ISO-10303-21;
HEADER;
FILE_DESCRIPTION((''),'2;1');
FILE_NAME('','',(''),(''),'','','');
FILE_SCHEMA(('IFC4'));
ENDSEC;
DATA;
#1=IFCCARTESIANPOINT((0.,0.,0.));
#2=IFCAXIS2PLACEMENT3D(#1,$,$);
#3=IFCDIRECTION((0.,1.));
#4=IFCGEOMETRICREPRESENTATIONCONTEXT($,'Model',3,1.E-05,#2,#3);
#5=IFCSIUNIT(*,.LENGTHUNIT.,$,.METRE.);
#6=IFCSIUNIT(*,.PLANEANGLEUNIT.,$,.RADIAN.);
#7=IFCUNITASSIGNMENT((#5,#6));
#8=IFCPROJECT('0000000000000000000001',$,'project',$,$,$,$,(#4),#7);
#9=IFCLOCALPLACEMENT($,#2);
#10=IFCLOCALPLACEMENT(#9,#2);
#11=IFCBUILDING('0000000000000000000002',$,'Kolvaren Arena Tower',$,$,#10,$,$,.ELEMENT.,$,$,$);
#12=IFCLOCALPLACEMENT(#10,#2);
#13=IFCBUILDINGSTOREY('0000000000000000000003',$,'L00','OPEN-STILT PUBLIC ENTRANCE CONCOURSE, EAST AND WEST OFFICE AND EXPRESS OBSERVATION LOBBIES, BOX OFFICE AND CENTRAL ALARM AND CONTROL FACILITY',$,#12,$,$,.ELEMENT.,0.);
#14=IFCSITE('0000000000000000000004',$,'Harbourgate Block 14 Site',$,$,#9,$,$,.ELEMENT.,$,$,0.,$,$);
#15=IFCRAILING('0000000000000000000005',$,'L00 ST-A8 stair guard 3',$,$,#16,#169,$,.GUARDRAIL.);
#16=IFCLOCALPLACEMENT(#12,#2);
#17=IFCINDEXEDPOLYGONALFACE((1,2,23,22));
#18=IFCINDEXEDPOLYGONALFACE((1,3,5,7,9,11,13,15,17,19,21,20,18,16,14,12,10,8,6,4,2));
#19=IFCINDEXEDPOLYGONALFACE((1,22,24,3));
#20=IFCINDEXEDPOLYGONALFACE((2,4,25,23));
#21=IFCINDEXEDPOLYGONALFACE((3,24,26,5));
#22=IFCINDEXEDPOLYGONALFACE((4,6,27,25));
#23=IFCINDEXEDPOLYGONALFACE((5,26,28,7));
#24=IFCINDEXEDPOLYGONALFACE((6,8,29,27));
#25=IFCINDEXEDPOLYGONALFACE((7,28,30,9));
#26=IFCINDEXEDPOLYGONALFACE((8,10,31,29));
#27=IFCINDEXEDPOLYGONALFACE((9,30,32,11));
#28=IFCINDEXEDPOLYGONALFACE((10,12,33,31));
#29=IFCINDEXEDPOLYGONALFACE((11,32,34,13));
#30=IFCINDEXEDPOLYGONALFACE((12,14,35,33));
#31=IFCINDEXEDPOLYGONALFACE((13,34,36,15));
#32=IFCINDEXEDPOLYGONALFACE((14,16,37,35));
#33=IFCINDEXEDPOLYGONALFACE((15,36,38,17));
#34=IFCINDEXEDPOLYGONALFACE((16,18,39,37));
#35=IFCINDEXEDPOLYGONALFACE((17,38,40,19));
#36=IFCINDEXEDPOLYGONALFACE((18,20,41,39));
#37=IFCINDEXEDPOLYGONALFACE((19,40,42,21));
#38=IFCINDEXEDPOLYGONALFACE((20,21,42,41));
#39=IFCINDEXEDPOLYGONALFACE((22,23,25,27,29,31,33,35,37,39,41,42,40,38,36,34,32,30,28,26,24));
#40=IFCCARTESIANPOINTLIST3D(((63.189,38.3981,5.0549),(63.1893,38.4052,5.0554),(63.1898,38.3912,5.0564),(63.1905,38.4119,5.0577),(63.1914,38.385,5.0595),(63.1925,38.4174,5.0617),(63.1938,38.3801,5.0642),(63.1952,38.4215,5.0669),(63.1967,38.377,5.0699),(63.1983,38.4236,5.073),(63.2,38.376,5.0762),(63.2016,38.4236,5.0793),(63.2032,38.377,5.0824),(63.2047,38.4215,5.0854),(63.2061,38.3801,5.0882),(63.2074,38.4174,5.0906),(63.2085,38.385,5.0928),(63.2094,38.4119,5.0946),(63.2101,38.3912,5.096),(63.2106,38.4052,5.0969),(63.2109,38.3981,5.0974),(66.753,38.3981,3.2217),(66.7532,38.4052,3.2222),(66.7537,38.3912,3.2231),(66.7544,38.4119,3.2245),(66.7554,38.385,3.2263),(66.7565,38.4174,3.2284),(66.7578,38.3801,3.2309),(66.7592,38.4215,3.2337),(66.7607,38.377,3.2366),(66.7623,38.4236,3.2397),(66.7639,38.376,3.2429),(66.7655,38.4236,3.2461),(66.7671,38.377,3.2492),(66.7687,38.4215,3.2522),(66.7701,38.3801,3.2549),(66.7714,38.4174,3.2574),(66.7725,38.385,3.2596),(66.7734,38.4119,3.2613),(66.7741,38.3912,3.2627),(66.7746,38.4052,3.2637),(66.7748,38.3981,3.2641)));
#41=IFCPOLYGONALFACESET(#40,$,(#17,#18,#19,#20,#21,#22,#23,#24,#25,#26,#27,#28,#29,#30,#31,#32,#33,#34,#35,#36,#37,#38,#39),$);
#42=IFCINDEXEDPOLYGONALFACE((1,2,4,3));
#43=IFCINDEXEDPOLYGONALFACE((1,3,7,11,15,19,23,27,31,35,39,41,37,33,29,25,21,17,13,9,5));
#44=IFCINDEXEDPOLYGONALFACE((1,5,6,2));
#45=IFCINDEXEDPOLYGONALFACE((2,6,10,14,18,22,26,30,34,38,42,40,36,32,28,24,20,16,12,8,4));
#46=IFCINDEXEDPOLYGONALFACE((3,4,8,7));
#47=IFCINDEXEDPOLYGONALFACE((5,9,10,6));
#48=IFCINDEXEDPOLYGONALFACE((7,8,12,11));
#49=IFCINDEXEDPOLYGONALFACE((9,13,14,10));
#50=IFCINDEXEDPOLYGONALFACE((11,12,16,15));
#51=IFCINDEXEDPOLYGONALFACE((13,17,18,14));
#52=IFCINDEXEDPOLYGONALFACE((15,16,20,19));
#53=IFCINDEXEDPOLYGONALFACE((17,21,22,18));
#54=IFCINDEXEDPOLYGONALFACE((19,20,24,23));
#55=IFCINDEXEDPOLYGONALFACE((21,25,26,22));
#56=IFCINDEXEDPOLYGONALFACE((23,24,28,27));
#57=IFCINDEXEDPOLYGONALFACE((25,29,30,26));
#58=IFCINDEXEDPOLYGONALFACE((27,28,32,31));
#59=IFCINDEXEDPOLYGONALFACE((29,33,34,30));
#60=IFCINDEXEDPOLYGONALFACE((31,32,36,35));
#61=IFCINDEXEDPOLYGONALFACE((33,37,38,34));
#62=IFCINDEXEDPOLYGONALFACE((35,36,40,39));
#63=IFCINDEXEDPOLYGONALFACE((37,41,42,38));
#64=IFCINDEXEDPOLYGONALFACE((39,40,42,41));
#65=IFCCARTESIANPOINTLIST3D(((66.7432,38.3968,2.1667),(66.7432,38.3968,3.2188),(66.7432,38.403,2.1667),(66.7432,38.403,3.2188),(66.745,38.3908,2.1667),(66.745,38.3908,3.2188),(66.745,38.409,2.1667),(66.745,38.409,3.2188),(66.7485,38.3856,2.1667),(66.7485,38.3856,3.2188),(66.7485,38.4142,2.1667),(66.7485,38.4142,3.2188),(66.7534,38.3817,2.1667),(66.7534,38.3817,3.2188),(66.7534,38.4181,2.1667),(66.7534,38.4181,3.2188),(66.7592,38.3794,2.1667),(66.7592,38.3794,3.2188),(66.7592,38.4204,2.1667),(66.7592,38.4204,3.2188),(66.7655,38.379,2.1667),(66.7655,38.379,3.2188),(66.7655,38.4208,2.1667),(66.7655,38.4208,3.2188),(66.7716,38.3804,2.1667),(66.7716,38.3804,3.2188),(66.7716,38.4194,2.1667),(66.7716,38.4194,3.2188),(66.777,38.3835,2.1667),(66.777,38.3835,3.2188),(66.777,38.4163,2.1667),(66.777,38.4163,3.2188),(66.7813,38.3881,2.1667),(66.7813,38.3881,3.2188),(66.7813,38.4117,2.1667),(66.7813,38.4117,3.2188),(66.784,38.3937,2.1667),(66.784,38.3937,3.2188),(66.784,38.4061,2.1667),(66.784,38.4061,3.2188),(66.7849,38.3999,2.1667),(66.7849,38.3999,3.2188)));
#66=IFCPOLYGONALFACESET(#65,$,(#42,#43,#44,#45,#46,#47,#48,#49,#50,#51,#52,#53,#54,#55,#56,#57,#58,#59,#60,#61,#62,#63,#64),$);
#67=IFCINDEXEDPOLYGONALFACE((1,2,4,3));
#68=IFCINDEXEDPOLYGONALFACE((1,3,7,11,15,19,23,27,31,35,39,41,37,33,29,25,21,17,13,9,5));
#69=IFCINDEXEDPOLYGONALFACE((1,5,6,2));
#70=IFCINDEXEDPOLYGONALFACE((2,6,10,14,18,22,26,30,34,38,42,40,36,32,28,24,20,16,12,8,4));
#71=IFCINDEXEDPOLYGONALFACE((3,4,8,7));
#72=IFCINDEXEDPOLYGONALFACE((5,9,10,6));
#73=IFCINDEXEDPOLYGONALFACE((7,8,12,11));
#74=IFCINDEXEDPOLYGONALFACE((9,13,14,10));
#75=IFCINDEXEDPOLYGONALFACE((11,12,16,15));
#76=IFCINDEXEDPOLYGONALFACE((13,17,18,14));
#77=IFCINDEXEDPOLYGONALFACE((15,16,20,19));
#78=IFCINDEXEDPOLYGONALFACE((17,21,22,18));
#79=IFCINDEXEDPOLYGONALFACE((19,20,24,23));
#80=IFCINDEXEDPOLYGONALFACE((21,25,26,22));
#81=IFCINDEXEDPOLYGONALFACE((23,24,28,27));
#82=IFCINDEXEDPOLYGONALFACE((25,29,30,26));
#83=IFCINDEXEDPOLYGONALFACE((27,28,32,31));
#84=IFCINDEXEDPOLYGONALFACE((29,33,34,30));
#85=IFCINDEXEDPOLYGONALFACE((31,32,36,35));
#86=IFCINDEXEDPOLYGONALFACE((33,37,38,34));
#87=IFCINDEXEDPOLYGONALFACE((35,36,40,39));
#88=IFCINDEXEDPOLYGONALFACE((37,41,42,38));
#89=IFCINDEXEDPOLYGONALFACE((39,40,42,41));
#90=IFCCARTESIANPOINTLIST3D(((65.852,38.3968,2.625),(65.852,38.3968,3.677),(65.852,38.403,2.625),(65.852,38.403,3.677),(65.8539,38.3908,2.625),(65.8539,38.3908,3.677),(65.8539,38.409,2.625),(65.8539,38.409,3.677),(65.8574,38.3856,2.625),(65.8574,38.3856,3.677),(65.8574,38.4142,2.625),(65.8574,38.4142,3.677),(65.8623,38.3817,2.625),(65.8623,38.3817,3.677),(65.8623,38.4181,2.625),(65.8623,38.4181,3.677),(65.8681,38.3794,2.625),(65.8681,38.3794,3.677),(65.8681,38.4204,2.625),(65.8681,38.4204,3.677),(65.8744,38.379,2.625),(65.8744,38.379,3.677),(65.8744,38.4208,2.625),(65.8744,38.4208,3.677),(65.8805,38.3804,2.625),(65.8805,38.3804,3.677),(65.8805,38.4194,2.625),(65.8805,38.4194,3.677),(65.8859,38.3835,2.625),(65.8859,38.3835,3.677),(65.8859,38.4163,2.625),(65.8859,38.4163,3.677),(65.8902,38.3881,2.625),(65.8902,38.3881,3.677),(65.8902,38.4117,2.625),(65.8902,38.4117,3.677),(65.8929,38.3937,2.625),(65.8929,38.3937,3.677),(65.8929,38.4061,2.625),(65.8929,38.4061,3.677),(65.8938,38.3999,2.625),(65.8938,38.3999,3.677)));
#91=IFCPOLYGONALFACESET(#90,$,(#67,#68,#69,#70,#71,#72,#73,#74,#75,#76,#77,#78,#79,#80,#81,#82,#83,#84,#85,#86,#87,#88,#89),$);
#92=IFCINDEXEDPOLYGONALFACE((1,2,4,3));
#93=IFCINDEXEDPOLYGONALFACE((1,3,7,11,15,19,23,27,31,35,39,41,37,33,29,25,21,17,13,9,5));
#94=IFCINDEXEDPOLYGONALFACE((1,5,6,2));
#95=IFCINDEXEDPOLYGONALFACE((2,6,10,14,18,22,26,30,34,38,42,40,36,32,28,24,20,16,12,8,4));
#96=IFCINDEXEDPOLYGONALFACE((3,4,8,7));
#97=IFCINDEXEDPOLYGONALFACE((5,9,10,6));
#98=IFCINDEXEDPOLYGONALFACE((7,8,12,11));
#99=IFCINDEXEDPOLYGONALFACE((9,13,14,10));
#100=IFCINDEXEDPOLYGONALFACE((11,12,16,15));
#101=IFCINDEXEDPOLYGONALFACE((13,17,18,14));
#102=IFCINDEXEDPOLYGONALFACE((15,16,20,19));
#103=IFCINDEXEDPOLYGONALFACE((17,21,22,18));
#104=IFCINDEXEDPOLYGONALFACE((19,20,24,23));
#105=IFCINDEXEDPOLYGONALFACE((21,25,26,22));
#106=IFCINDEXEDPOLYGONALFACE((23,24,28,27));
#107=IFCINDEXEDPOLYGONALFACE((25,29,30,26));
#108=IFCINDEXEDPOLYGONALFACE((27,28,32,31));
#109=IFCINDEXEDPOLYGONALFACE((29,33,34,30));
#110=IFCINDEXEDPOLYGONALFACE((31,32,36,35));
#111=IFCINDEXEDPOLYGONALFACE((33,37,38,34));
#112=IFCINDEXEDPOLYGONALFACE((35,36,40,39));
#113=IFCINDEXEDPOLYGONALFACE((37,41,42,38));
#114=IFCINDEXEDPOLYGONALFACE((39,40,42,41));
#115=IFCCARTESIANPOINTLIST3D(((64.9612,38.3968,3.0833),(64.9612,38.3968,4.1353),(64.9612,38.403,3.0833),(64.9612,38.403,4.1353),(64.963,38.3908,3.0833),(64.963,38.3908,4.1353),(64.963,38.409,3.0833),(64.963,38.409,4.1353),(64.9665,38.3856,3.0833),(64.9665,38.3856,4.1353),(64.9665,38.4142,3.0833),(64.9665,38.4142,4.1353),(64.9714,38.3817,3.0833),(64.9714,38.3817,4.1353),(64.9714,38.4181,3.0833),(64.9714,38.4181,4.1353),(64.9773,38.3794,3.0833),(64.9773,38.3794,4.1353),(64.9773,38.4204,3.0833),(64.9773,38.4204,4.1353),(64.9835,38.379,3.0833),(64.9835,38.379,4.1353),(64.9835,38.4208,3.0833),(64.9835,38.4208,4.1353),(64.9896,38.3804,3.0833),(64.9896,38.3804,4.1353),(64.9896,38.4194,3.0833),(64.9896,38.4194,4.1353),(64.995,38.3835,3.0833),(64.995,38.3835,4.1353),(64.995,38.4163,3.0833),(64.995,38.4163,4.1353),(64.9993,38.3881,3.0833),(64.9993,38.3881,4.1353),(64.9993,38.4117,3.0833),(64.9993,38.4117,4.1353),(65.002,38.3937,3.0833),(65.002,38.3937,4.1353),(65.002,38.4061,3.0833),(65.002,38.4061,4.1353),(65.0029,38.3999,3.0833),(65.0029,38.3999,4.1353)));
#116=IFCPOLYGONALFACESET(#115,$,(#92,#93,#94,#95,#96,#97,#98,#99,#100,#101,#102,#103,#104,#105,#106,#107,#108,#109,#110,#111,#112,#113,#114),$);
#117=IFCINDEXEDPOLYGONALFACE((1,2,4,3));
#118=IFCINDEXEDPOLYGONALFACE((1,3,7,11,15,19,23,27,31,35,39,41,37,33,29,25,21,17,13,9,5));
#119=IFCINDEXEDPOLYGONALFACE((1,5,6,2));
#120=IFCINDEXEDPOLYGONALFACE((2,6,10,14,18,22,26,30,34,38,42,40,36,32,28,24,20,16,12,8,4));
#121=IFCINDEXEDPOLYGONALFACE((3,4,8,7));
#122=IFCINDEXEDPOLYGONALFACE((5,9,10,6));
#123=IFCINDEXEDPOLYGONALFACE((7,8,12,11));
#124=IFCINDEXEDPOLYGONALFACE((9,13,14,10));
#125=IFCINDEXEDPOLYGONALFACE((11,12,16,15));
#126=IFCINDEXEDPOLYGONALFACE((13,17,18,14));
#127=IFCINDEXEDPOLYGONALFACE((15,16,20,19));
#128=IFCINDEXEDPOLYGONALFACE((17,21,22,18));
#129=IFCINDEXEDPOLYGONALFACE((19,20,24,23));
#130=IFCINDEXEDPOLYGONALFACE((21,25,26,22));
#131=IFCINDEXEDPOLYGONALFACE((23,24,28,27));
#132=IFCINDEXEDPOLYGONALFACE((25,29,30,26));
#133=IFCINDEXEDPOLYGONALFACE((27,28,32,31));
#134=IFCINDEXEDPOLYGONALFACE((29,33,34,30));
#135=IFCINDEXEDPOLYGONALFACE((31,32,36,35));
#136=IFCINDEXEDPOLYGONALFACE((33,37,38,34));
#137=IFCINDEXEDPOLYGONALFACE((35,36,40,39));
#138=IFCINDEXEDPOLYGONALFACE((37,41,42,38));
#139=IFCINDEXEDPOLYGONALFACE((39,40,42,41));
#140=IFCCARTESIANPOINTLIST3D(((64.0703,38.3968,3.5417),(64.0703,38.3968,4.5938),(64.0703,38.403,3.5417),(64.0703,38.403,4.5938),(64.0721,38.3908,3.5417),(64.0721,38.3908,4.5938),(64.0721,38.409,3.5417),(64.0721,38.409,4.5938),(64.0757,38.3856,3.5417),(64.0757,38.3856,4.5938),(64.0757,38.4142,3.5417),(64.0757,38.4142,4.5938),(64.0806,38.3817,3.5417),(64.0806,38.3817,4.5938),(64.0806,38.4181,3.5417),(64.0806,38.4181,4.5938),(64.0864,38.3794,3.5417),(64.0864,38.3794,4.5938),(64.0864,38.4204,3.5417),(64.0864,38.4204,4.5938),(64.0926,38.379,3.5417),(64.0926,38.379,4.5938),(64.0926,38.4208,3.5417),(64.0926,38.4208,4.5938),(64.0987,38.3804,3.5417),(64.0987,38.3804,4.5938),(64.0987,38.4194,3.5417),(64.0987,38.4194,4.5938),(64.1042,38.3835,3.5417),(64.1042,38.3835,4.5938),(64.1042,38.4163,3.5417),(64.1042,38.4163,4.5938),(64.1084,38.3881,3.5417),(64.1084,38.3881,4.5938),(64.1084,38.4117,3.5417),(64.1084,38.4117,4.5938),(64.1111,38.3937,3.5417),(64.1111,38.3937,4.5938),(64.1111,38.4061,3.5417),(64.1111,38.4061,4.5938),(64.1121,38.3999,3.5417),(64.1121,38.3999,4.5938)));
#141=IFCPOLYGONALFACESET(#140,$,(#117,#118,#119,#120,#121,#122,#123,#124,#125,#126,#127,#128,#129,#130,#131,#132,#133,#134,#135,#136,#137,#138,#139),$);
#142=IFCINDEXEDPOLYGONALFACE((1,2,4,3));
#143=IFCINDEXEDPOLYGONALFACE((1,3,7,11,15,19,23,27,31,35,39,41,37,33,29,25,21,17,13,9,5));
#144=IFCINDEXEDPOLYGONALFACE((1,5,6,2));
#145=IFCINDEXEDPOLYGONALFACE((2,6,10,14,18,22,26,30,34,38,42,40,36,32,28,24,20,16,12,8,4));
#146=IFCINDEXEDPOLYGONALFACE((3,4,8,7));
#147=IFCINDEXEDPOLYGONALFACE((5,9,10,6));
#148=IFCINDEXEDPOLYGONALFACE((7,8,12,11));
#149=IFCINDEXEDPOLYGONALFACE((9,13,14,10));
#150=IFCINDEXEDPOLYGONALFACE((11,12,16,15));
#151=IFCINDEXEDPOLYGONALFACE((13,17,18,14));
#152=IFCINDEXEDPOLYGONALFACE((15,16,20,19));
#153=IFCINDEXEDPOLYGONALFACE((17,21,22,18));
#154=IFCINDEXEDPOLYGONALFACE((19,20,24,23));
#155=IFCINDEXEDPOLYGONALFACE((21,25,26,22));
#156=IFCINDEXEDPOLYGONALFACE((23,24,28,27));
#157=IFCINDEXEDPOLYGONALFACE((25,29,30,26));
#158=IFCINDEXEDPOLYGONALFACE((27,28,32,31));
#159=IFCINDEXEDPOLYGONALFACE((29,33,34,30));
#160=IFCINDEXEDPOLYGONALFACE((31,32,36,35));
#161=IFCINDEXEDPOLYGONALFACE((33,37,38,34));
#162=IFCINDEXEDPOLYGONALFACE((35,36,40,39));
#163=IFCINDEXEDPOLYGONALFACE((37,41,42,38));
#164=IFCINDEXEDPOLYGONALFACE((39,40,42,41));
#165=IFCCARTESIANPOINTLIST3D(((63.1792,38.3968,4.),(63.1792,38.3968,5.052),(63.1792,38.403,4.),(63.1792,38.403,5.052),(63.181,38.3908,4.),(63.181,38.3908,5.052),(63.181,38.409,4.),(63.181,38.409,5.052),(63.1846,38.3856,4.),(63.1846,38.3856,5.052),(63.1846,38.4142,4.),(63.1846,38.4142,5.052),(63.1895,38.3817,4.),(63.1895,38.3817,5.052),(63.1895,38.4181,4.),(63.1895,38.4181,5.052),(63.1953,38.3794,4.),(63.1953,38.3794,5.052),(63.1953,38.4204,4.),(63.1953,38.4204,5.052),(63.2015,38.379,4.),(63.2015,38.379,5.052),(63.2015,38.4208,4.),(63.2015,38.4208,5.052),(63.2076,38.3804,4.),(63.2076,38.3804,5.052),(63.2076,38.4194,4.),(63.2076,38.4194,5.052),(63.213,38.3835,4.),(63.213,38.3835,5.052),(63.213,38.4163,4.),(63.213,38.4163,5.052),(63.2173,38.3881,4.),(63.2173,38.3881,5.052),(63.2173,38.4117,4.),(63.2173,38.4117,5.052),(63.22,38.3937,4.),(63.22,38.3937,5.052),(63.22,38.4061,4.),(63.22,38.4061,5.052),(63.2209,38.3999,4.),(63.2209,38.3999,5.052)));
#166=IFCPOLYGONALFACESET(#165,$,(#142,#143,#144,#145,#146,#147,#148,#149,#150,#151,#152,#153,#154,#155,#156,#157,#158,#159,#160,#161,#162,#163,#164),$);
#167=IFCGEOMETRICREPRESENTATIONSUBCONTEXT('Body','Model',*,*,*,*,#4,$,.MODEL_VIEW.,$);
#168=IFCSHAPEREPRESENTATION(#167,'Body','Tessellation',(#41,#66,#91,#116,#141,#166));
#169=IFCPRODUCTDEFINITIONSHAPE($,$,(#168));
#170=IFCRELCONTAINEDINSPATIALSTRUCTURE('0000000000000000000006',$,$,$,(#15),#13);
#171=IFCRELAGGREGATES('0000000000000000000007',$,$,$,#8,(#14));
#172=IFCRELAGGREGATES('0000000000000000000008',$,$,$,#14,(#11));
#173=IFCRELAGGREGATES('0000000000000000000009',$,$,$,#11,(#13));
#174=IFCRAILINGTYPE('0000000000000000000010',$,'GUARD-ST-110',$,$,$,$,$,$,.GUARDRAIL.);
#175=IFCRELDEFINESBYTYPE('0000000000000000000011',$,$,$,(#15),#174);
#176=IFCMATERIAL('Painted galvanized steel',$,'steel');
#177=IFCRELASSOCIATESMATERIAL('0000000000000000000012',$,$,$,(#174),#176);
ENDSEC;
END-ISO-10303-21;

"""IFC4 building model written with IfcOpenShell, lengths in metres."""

from ifc_helpers import new_model, si_unit, direction, frame, origin, origin_2d, place, context, subcontext, project, spatial, circle, extrude, material, type_object, element, save


model = new_model("IFC4")

# Units and contexts
model_context = context("Model", 3, precision=1e-05, world=origin(), true_north=direction((0.0, 1.0)))
body_context = subcontext(model_context, "Body", "Model", "MODEL_VIEW")
ifc_project = project(units=[si_unit("LENGTHUNIT", "METRE"), si_unit("PLANEANGLEUNIT", "RADIAN")], contexts=[model_context])

# Site, building, storey
site_placement = place(None, origin())
site = spatial("IfcSite", under=ifc_project, at=site_placement, Name="Harbourgate Block 14 Site", CompositionType="ELEMENT", RefElevation=0.0)
building_placement = place(site_placement, origin())
building = spatial("IfcBuilding", under=site, at=building_placement, Name="Kolvaren Arena Tower", CompositionType="ELEMENT")
storey_placement = place(building_placement, origin())
storey = spatial("IfcBuildingStorey", under=building, at=storey_placement, Name="L00", Description="OPEN-STILT PUBLIC ENTRANCE CONCOURSE, EAST AND WEST OFFICE AND EXPRESS OBSERVATION LOBBIES, BOX OFFICE AND CENTRAL ALARM AND CONTROL FACILITY", CompositionType="ELEMENT", Elevation=0.0)

# Railing
ifc_material_1 = material(Name="Painted galvanized steel", Category="steel")
railing_type_1 = type_object("IfcRailingType", Name="GUARD-ST-110", PredefinedType="GUARDRAIL", material=ifc_material_1)
railing_1_placement = place(storey_placement, frame((66.7639, 38.3999, 2.1667)))
element("IfcRailing", 1, at=railing_1_placement, inside=storey, type_object=railing_type_1, Name="L00 ST-A8 stair guard 3", PredefinedType="GUARDRAIL", context=body_context, shape_type="SweptSolid", body=[
    extrude(circle(Radius=0.0239, at=origin_2d()), frame((0.0, 0.0, 1.0762), z_axis=(-0.889252, 0.0, 0.457418), x_axis=(0.0, -1.0, 0.0)), (0.0, 0.0, 1.0), 4.0078),
    extrude(circle(Radius=0.021, at=origin_2d()), origin(), (0.0, 0.0, 1.0), 1.052),
    extrude(circle(Radius=0.021, at=origin_2d()), frame((-0.8911, 0.0, 0.4583)), (0.0, 0.0, 1.0), 1.052),
    extrude(circle(Radius=0.021, at=origin_2d()), frame((-1.782, 0.0, 0.9165)), (0.0, 0.0, 1.0), 1.052),
    extrude(circle(Radius=0.021, at=origin_2d()), frame((-2.6729, 0.0, 1.375)), (0.0, 0.0, 1.0), 1.052),
    extrude(circle(Radius=0.021, at=origin_2d()), frame((-3.564, 0.0, 1.8333)), (0.0, 0.0, 1.0), 1.052),
])

save(model, "model.ifc")
